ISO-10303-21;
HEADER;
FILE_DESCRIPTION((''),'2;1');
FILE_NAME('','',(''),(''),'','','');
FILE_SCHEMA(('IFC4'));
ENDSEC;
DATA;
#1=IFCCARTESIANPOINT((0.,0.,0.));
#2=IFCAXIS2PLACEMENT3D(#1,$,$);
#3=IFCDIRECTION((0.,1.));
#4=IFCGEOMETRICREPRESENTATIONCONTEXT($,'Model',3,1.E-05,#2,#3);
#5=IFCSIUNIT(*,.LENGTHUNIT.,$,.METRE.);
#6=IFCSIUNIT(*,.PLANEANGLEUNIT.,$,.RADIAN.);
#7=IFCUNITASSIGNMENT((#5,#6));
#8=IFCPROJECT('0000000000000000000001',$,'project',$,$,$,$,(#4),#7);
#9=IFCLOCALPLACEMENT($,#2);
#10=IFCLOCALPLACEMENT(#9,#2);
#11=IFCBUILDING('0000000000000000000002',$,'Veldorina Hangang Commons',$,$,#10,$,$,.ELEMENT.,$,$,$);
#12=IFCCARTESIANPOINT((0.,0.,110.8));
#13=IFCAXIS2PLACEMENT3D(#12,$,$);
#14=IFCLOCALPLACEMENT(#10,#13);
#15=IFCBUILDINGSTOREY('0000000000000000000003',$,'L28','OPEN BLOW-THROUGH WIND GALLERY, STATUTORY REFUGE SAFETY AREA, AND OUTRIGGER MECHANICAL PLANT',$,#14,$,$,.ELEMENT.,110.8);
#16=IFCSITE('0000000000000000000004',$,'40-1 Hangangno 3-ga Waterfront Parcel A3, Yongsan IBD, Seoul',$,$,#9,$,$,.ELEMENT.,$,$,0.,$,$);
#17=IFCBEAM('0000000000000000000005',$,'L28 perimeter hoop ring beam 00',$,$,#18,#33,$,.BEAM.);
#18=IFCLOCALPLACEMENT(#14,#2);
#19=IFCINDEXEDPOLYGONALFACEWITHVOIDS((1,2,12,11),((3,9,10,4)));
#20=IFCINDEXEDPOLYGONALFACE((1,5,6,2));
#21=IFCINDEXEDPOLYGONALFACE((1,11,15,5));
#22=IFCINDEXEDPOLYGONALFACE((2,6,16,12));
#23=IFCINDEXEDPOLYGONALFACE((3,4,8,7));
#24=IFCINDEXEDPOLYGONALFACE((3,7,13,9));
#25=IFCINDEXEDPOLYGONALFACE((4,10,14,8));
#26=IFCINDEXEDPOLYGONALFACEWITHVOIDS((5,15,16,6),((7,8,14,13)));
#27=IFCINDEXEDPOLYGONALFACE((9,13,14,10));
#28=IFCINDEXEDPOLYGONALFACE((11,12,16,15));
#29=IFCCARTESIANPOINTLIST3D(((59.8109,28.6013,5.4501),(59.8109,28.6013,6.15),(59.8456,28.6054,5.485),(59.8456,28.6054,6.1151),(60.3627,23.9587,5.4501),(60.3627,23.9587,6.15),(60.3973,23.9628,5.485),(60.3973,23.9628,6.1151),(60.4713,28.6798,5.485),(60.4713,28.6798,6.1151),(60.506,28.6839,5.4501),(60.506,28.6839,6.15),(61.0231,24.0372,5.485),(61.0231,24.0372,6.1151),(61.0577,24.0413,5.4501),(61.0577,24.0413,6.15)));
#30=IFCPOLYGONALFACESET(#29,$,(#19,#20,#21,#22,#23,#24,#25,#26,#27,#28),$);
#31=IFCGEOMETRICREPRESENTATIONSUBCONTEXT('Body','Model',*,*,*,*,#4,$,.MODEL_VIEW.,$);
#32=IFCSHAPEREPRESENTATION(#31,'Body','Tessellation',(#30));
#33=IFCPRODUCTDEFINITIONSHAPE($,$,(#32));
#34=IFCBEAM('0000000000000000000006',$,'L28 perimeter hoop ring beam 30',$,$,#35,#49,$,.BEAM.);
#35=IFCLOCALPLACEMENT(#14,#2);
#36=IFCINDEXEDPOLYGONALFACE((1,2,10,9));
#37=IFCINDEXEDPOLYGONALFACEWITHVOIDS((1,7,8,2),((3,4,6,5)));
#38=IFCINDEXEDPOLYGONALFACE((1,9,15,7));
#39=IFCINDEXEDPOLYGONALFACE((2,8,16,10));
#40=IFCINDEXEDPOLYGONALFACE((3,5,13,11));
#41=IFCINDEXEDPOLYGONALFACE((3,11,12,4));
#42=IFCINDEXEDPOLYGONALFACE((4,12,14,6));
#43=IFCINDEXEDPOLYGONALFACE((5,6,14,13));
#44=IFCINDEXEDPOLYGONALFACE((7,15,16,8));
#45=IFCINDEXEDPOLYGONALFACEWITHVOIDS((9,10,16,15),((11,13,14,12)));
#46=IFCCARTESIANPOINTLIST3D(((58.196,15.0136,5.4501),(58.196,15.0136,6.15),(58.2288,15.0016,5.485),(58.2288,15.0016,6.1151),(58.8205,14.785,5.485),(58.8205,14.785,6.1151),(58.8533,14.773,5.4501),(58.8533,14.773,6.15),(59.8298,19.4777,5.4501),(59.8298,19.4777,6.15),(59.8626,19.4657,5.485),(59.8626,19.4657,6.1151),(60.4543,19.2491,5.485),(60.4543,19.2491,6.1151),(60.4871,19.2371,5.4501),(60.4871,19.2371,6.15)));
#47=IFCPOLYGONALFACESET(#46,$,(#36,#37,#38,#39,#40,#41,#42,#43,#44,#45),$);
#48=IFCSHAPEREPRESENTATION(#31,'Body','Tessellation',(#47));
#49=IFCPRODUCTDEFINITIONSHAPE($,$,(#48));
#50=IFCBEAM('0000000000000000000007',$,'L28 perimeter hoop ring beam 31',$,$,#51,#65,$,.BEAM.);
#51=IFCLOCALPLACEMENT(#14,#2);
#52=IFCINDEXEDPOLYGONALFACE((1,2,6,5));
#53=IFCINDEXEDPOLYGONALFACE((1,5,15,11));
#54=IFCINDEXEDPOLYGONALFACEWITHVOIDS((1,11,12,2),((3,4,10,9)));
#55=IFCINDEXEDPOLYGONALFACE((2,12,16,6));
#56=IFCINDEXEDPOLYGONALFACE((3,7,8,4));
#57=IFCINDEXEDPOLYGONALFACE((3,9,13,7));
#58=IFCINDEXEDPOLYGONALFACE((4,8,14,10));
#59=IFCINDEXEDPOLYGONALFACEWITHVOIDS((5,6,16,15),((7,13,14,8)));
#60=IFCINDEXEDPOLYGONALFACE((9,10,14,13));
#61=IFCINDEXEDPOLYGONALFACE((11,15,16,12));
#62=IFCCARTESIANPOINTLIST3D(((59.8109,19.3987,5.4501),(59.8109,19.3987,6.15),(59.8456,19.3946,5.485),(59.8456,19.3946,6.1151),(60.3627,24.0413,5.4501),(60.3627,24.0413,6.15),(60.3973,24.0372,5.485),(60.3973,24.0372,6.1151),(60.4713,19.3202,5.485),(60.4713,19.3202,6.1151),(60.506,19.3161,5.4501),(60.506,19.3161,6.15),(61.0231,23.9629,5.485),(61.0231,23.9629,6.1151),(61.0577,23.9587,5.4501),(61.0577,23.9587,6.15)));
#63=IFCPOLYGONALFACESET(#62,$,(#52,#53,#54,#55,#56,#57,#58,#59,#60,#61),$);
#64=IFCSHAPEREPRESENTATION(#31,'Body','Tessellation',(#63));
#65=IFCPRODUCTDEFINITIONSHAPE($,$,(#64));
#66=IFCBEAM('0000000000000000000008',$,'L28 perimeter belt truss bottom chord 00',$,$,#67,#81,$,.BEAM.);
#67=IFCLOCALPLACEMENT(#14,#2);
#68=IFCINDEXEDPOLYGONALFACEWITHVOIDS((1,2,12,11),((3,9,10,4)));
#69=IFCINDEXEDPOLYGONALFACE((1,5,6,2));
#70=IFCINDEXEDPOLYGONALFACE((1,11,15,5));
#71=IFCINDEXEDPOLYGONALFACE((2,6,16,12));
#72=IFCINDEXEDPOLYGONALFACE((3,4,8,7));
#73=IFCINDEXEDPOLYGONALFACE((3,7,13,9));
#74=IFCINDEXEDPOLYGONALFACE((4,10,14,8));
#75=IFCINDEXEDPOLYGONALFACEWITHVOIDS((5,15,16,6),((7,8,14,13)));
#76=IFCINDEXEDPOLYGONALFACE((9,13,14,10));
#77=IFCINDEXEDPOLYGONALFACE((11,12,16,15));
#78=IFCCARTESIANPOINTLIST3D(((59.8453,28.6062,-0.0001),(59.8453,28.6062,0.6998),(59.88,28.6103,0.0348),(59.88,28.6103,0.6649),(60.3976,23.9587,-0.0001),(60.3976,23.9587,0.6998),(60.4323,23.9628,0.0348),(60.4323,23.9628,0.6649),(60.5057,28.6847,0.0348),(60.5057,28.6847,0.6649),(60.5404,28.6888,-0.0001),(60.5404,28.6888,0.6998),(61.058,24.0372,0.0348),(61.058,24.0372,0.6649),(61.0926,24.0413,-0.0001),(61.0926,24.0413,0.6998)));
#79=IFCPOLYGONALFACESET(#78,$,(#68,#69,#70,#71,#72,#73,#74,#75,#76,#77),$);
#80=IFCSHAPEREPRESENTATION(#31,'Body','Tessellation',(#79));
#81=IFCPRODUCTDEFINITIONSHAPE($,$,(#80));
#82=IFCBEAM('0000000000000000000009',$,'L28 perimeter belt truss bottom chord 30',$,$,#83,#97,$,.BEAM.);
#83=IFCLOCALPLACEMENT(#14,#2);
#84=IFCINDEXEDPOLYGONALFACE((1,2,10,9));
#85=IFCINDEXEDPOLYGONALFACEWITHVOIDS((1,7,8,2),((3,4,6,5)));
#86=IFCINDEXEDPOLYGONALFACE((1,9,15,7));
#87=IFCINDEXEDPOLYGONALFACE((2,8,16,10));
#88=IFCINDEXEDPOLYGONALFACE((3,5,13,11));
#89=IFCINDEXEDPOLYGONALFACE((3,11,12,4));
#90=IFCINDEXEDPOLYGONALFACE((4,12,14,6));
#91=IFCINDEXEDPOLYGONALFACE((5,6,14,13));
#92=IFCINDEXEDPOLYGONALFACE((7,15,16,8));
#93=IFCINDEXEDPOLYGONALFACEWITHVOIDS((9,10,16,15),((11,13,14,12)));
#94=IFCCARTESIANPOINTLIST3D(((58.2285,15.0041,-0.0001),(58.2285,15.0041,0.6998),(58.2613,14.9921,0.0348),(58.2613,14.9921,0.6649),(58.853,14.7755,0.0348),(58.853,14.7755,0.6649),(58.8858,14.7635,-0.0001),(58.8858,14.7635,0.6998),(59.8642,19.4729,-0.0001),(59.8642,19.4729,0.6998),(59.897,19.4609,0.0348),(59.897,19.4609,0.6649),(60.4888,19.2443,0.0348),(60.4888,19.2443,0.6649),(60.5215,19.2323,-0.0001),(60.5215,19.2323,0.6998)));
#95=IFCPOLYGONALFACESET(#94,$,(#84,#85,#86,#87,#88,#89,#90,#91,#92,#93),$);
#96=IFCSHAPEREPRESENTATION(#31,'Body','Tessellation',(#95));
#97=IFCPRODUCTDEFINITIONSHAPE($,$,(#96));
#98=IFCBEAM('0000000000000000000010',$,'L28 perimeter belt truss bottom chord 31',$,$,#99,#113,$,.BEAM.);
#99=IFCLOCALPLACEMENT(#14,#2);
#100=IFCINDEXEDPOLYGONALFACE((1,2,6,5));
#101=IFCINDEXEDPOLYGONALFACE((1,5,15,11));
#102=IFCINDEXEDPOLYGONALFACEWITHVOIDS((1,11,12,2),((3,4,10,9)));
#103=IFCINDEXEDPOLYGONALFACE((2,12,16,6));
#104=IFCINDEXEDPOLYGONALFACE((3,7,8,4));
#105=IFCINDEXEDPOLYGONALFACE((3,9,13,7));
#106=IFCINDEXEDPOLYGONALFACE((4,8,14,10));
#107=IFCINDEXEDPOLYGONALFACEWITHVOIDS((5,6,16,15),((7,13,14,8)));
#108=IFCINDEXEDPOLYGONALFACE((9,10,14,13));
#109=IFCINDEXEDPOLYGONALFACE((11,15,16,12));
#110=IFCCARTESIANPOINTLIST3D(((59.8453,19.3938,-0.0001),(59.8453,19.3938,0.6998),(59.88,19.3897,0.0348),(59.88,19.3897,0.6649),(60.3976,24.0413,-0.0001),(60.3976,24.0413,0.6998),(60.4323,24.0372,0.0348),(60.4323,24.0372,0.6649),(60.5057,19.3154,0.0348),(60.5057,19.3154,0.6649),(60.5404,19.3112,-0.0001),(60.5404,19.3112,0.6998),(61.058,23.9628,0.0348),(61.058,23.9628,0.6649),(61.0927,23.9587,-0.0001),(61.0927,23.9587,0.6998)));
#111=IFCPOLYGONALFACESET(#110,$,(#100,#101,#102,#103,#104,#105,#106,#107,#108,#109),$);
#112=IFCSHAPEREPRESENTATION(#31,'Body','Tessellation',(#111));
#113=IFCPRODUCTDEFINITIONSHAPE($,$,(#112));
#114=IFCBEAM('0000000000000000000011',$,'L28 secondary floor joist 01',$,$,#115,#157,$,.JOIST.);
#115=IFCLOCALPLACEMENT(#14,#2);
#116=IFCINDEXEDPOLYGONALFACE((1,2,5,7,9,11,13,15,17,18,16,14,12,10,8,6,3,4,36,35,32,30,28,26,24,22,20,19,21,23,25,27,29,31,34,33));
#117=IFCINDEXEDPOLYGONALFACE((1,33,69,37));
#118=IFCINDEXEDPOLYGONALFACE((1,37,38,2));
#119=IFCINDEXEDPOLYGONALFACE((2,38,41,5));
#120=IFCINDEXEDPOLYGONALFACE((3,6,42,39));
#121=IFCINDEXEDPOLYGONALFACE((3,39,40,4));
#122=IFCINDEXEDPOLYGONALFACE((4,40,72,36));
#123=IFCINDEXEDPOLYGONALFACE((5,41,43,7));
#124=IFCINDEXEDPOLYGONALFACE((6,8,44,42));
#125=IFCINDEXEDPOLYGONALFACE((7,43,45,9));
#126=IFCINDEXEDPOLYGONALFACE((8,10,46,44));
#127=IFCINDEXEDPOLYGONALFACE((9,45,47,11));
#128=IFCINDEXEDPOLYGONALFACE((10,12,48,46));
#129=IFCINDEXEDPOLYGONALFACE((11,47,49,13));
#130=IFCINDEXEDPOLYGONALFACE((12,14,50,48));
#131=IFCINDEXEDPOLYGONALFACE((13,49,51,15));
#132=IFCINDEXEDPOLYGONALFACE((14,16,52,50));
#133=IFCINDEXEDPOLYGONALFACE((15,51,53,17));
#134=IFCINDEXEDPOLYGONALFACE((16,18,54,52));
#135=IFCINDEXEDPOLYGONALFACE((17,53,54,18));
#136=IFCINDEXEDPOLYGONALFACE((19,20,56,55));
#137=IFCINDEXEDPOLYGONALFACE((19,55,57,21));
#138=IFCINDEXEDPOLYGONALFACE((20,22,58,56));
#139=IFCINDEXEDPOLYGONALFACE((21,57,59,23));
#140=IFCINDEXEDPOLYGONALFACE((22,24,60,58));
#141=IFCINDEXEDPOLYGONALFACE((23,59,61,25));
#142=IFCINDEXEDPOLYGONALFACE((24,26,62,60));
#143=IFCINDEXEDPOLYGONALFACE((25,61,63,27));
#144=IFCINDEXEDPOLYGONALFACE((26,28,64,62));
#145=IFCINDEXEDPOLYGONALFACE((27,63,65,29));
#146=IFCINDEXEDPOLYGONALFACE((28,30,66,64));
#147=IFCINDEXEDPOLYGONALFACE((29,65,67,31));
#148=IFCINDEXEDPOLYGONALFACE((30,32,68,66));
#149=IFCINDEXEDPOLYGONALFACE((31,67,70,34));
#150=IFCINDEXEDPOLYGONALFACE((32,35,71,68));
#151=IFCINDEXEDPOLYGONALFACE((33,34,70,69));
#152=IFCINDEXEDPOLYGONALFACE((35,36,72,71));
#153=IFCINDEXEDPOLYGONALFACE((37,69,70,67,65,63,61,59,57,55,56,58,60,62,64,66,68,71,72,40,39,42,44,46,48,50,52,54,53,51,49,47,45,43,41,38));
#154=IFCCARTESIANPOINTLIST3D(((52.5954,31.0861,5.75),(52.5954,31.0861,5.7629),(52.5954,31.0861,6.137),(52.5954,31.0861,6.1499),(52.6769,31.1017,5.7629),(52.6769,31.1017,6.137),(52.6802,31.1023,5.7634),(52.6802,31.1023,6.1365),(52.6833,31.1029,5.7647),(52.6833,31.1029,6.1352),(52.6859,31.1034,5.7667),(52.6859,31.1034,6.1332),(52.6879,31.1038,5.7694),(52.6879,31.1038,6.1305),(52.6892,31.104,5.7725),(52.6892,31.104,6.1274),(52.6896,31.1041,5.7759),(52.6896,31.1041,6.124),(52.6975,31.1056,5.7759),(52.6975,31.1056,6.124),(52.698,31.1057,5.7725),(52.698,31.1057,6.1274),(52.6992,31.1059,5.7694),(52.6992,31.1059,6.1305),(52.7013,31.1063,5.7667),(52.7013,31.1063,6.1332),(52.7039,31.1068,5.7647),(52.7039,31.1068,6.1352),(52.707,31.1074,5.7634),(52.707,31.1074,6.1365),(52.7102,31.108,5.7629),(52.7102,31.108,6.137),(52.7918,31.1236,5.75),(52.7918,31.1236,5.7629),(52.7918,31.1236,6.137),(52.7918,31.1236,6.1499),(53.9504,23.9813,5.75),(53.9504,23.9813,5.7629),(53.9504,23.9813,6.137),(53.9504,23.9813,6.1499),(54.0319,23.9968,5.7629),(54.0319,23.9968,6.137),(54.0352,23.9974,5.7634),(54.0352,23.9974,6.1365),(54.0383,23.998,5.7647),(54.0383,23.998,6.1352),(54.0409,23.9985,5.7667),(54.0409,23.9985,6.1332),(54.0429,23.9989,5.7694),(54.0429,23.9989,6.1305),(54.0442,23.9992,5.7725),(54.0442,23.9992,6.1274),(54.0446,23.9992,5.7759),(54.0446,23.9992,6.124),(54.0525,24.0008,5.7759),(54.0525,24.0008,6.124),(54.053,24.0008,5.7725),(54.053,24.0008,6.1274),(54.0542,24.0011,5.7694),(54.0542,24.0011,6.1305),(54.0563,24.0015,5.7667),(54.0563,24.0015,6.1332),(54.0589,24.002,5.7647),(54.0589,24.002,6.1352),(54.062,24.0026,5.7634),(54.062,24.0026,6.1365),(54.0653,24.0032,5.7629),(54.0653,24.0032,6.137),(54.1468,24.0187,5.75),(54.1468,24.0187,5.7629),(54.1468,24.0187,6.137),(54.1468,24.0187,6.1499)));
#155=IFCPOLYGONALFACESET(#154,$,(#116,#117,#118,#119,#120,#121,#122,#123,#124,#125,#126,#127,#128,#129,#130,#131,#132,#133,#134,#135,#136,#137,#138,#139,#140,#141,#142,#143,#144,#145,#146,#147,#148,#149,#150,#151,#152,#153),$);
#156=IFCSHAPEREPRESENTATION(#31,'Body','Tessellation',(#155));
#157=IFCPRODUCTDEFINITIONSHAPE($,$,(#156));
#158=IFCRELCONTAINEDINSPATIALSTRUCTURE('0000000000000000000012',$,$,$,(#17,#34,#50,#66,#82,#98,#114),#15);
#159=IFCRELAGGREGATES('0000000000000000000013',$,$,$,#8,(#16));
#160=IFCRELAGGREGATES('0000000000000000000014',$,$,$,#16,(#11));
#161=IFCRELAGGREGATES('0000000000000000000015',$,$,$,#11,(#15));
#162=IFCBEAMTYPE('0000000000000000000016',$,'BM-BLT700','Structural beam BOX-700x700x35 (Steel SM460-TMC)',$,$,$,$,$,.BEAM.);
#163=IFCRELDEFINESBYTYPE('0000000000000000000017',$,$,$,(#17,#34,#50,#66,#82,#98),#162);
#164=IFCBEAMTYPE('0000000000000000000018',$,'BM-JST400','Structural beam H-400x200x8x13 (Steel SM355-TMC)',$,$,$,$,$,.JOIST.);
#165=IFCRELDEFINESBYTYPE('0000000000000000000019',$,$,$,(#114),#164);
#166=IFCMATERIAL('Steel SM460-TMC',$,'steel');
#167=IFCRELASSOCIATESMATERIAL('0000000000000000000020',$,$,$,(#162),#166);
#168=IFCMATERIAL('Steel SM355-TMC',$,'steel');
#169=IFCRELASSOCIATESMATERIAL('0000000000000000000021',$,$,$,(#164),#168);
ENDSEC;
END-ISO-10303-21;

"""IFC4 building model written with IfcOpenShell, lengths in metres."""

from ifc_helpers import new_model, si_unit, direction, frame, origin, origin_2d, place, context, subcontext, project, spatial, hollow_rectangle, i_section, extrude, material, material_profile, profile_set, type_object, element, save


model = new_model("IFC4")

# Units and contexts
model_context = context("Model", 3, precision=1e-05, world=origin(), true_north=direction((0.0, 1.0)))
body_context = subcontext(model_context, "Body", "Model", "MODEL_VIEW")
ifc_project = project(units=[si_unit("LENGTHUNIT", "METRE"), si_unit("PLANEANGLEUNIT", "RADIAN")], contexts=[model_context])

# Site, building, storey
site_placement = place(None, origin())
site = spatial("IfcSite", under=ifc_project, at=site_placement, Name="40-1 Hangangno 3-ga Waterfront Parcel A3, Yongsan IBD, Seoul", CompositionType="ELEMENT", RefElevation=0.0)
building_placement = place(site_placement, origin())
building = spatial("IfcBuilding", under=site, at=building_placement, Name="Veldorina Hangang Commons", CompositionType="ELEMENT")
storey_placement = place(building_placement, frame((0.0, 0.0, 110.8)))
storey = spatial("IfcBuildingStorey", under=building, at=storey_placement, Name="L28", Description="OPEN BLOW-THROUGH WIND GALLERY, STATUTORY REFUGE SAFETY AREA, AND OUTRIGGER MECHANICAL PLANT", CompositionType="ELEMENT", Elevation=110.8)

# Beams
ifc_material_1 = material(Name="Steel SM460-TMC", Category="steel")
ifc_material_profile_1 = material_profile(ifc_material_1, hollow_rectangle(XDim=0.7, YDim=0.7, WallThickness=0.0349, at=origin_2d()), Name="BOX-700x700x35")
ifc_profile_set_1 = profile_set([ifc_material_profile_1], Name="Steel SM460-TMC")
beam_type_1 = type_object("IfcBeamType", Name="BM-BLT700", Description="Structural beam BOX-700x700x35 (Steel SM460-TMC)", PredefinedType="BEAM", material=ifc_profile_set_1)
beam_1_placement = place(storey_placement, frame((60.7102, 24.0, 5.8), z_axis=(-0.118017, 0.993012, 0.0), x_axis=(-0.993012, -0.118017, 0.0)))
element("IfcBeam", 1, at=beam_1_placement, inside=storey, type_object=beam_type_1, Name="L28 perimeter hoop ring beam 00", PredefinedType="BEAM", context=body_context, shape_type="SweptSolid", body=[
    extrude(hollow_rectangle(XDim=0.7, YDim=0.7, WallThickness=0.0349, at=origin_2d()), origin(), (0.0, 0.0, 1.0), 4.6753),
])
beam_2_placement = place(storey_placement, frame((58.5247, 14.8933, 5.8), z_axis=(0.343689, 0.939084, 0.0), x_axis=(-0.939084, 0.343689, 0.0)))
element("IfcBeam", 2, at=beam_2_placement, inside=storey, type_object=beam_type_1, Name="L28 perimeter hoop ring beam 30", PredefinedType="BEAM", context=body_context, shape_type="SweptSolid", body=[
    extrude(hollow_rectangle(XDim=0.7, YDim=0.7, WallThickness=0.0349, at=origin_2d()), origin(), (0.0, 0.0, 1.0), 4.7537),
])
beam_3_placement = place(storey_placement, frame((60.1584, 19.3574, 5.8), z_axis=(0.118017, 0.993012, 0.0), x_axis=(-0.993012, 0.118017, 0.0)))
element("IfcBeam", 3, at=beam_3_placement, inside=storey, type_object=beam_type_1, Name="L28 perimeter hoop ring beam 31", PredefinedType="BEAM", context=body_context, shape_type="SweptSolid", body=[
    extrude(hollow_rectangle(XDim=0.7, YDim=0.7, WallThickness=0.0349, at=origin_2d()), origin(), (0.0, 0.0, 1.0), 4.6753),
])
beam_4_placement = place(storey_placement, frame((60.7451, 24.0, 0.3499), z_axis=(-0.117997, 0.993014, 0.0), x_axis=(-0.993014, -0.117997, 0.0)))
element("IfcBeam", 4, at=beam_4_placement, inside=storey, type_object=beam_type_1, Name="L28 perimeter belt truss bottom chord 00", PredefinedType="BEAM", context=body_context, shape_type="SweptSolid", body=[
    extrude(hollow_rectangle(XDim=0.7, YDim=0.7, WallThickness=0.0349, at=origin_2d()), origin(), (0.0, 0.0, 1.0), 4.6802),
])
beam_5_placement = place(storey_placement, frame((58.5571, 14.8838, 0.3499), z_axis=(0.343736, 0.939066, 0.0), x_axis=(-0.939066, 0.343736, 0.0)))
element("IfcBeam", 5, at=beam_5_placement, inside=storey, type_object=beam_type_1, Name="L28 perimeter belt truss bottom chord 30", PredefinedType="BEAM", context=body_context, shape_type="SweptSolid", body=[
    extrude(hollow_rectangle(XDim=0.7, YDim=0.7, WallThickness=0.0349, at=origin_2d()), origin(), (0.0, 0.0, 1.0), 4.7588),
])
beam_6_placement = place(storey_placement, frame((60.1929, 19.3525, 0.3499), z_axis=(0.117997, 0.993014, 0.0), x_axis=(-0.993014, 0.117997, 0.0)))
element("IfcBeam", 6, at=beam_6_placement, inside=storey, type_object=beam_type_1, Name="L28 perimeter belt truss bottom chord 31", PredefinedType="BEAM", context=body_context, shape_type="SweptSolid", body=[
    extrude(hollow_rectangle(XDim=0.7, YDim=0.7, WallThickness=0.0349, at=origin_2d()), origin(), (0.0, 0.0, 1.0), 4.6802),
])
ifc_material_2 = material(Name="Steel SM355-TMC", Category="steel")
ifc_material_profile_2 = material_profile(ifc_material_2, i_section(OverallWidth=0.2, OverallDepth=0.3999, WebThickness=0.0081, FlangeThickness=0.0129, FilletRadius=0.0129, at=origin_2d()), Name="H-400x200x8x13")
ifc_profile_set_2 = profile_set([ifc_material_profile_2], Name="Steel SM355-TMC")
beam_type_2 = type_object("IfcBeamType", Name="BM-JST400", Description="Structural beam H-400x200x8x13 (Steel SM355-TMC)", PredefinedType="JOIST", material=ifc_profile_set_2)
beam_7_placement = place(storey_placement, frame((54.0486, 24.0, 5.95), z_axis=(-0.187339, 0.982295, 0.0), x_axis=(-0.982295, -0.187339, 0.0)))
element("IfcBeam", 7, at=beam_7_placement, inside=storey, type_object=beam_type_2, Name="L28 secondary floor joist 01", PredefinedType="JOIST", context=body_context, shape_type="SweptSolid", body=[
    extrude(i_section(OverallWidth=0.2, OverallDepth=0.3999, WebThickness=0.0081, FlangeThickness=0.0129, FilletRadius=0.0129, at=origin_2d()), origin(), (0.0, 0.0, 1.0), 7.2329),
])

save(model, "model.ifc")
